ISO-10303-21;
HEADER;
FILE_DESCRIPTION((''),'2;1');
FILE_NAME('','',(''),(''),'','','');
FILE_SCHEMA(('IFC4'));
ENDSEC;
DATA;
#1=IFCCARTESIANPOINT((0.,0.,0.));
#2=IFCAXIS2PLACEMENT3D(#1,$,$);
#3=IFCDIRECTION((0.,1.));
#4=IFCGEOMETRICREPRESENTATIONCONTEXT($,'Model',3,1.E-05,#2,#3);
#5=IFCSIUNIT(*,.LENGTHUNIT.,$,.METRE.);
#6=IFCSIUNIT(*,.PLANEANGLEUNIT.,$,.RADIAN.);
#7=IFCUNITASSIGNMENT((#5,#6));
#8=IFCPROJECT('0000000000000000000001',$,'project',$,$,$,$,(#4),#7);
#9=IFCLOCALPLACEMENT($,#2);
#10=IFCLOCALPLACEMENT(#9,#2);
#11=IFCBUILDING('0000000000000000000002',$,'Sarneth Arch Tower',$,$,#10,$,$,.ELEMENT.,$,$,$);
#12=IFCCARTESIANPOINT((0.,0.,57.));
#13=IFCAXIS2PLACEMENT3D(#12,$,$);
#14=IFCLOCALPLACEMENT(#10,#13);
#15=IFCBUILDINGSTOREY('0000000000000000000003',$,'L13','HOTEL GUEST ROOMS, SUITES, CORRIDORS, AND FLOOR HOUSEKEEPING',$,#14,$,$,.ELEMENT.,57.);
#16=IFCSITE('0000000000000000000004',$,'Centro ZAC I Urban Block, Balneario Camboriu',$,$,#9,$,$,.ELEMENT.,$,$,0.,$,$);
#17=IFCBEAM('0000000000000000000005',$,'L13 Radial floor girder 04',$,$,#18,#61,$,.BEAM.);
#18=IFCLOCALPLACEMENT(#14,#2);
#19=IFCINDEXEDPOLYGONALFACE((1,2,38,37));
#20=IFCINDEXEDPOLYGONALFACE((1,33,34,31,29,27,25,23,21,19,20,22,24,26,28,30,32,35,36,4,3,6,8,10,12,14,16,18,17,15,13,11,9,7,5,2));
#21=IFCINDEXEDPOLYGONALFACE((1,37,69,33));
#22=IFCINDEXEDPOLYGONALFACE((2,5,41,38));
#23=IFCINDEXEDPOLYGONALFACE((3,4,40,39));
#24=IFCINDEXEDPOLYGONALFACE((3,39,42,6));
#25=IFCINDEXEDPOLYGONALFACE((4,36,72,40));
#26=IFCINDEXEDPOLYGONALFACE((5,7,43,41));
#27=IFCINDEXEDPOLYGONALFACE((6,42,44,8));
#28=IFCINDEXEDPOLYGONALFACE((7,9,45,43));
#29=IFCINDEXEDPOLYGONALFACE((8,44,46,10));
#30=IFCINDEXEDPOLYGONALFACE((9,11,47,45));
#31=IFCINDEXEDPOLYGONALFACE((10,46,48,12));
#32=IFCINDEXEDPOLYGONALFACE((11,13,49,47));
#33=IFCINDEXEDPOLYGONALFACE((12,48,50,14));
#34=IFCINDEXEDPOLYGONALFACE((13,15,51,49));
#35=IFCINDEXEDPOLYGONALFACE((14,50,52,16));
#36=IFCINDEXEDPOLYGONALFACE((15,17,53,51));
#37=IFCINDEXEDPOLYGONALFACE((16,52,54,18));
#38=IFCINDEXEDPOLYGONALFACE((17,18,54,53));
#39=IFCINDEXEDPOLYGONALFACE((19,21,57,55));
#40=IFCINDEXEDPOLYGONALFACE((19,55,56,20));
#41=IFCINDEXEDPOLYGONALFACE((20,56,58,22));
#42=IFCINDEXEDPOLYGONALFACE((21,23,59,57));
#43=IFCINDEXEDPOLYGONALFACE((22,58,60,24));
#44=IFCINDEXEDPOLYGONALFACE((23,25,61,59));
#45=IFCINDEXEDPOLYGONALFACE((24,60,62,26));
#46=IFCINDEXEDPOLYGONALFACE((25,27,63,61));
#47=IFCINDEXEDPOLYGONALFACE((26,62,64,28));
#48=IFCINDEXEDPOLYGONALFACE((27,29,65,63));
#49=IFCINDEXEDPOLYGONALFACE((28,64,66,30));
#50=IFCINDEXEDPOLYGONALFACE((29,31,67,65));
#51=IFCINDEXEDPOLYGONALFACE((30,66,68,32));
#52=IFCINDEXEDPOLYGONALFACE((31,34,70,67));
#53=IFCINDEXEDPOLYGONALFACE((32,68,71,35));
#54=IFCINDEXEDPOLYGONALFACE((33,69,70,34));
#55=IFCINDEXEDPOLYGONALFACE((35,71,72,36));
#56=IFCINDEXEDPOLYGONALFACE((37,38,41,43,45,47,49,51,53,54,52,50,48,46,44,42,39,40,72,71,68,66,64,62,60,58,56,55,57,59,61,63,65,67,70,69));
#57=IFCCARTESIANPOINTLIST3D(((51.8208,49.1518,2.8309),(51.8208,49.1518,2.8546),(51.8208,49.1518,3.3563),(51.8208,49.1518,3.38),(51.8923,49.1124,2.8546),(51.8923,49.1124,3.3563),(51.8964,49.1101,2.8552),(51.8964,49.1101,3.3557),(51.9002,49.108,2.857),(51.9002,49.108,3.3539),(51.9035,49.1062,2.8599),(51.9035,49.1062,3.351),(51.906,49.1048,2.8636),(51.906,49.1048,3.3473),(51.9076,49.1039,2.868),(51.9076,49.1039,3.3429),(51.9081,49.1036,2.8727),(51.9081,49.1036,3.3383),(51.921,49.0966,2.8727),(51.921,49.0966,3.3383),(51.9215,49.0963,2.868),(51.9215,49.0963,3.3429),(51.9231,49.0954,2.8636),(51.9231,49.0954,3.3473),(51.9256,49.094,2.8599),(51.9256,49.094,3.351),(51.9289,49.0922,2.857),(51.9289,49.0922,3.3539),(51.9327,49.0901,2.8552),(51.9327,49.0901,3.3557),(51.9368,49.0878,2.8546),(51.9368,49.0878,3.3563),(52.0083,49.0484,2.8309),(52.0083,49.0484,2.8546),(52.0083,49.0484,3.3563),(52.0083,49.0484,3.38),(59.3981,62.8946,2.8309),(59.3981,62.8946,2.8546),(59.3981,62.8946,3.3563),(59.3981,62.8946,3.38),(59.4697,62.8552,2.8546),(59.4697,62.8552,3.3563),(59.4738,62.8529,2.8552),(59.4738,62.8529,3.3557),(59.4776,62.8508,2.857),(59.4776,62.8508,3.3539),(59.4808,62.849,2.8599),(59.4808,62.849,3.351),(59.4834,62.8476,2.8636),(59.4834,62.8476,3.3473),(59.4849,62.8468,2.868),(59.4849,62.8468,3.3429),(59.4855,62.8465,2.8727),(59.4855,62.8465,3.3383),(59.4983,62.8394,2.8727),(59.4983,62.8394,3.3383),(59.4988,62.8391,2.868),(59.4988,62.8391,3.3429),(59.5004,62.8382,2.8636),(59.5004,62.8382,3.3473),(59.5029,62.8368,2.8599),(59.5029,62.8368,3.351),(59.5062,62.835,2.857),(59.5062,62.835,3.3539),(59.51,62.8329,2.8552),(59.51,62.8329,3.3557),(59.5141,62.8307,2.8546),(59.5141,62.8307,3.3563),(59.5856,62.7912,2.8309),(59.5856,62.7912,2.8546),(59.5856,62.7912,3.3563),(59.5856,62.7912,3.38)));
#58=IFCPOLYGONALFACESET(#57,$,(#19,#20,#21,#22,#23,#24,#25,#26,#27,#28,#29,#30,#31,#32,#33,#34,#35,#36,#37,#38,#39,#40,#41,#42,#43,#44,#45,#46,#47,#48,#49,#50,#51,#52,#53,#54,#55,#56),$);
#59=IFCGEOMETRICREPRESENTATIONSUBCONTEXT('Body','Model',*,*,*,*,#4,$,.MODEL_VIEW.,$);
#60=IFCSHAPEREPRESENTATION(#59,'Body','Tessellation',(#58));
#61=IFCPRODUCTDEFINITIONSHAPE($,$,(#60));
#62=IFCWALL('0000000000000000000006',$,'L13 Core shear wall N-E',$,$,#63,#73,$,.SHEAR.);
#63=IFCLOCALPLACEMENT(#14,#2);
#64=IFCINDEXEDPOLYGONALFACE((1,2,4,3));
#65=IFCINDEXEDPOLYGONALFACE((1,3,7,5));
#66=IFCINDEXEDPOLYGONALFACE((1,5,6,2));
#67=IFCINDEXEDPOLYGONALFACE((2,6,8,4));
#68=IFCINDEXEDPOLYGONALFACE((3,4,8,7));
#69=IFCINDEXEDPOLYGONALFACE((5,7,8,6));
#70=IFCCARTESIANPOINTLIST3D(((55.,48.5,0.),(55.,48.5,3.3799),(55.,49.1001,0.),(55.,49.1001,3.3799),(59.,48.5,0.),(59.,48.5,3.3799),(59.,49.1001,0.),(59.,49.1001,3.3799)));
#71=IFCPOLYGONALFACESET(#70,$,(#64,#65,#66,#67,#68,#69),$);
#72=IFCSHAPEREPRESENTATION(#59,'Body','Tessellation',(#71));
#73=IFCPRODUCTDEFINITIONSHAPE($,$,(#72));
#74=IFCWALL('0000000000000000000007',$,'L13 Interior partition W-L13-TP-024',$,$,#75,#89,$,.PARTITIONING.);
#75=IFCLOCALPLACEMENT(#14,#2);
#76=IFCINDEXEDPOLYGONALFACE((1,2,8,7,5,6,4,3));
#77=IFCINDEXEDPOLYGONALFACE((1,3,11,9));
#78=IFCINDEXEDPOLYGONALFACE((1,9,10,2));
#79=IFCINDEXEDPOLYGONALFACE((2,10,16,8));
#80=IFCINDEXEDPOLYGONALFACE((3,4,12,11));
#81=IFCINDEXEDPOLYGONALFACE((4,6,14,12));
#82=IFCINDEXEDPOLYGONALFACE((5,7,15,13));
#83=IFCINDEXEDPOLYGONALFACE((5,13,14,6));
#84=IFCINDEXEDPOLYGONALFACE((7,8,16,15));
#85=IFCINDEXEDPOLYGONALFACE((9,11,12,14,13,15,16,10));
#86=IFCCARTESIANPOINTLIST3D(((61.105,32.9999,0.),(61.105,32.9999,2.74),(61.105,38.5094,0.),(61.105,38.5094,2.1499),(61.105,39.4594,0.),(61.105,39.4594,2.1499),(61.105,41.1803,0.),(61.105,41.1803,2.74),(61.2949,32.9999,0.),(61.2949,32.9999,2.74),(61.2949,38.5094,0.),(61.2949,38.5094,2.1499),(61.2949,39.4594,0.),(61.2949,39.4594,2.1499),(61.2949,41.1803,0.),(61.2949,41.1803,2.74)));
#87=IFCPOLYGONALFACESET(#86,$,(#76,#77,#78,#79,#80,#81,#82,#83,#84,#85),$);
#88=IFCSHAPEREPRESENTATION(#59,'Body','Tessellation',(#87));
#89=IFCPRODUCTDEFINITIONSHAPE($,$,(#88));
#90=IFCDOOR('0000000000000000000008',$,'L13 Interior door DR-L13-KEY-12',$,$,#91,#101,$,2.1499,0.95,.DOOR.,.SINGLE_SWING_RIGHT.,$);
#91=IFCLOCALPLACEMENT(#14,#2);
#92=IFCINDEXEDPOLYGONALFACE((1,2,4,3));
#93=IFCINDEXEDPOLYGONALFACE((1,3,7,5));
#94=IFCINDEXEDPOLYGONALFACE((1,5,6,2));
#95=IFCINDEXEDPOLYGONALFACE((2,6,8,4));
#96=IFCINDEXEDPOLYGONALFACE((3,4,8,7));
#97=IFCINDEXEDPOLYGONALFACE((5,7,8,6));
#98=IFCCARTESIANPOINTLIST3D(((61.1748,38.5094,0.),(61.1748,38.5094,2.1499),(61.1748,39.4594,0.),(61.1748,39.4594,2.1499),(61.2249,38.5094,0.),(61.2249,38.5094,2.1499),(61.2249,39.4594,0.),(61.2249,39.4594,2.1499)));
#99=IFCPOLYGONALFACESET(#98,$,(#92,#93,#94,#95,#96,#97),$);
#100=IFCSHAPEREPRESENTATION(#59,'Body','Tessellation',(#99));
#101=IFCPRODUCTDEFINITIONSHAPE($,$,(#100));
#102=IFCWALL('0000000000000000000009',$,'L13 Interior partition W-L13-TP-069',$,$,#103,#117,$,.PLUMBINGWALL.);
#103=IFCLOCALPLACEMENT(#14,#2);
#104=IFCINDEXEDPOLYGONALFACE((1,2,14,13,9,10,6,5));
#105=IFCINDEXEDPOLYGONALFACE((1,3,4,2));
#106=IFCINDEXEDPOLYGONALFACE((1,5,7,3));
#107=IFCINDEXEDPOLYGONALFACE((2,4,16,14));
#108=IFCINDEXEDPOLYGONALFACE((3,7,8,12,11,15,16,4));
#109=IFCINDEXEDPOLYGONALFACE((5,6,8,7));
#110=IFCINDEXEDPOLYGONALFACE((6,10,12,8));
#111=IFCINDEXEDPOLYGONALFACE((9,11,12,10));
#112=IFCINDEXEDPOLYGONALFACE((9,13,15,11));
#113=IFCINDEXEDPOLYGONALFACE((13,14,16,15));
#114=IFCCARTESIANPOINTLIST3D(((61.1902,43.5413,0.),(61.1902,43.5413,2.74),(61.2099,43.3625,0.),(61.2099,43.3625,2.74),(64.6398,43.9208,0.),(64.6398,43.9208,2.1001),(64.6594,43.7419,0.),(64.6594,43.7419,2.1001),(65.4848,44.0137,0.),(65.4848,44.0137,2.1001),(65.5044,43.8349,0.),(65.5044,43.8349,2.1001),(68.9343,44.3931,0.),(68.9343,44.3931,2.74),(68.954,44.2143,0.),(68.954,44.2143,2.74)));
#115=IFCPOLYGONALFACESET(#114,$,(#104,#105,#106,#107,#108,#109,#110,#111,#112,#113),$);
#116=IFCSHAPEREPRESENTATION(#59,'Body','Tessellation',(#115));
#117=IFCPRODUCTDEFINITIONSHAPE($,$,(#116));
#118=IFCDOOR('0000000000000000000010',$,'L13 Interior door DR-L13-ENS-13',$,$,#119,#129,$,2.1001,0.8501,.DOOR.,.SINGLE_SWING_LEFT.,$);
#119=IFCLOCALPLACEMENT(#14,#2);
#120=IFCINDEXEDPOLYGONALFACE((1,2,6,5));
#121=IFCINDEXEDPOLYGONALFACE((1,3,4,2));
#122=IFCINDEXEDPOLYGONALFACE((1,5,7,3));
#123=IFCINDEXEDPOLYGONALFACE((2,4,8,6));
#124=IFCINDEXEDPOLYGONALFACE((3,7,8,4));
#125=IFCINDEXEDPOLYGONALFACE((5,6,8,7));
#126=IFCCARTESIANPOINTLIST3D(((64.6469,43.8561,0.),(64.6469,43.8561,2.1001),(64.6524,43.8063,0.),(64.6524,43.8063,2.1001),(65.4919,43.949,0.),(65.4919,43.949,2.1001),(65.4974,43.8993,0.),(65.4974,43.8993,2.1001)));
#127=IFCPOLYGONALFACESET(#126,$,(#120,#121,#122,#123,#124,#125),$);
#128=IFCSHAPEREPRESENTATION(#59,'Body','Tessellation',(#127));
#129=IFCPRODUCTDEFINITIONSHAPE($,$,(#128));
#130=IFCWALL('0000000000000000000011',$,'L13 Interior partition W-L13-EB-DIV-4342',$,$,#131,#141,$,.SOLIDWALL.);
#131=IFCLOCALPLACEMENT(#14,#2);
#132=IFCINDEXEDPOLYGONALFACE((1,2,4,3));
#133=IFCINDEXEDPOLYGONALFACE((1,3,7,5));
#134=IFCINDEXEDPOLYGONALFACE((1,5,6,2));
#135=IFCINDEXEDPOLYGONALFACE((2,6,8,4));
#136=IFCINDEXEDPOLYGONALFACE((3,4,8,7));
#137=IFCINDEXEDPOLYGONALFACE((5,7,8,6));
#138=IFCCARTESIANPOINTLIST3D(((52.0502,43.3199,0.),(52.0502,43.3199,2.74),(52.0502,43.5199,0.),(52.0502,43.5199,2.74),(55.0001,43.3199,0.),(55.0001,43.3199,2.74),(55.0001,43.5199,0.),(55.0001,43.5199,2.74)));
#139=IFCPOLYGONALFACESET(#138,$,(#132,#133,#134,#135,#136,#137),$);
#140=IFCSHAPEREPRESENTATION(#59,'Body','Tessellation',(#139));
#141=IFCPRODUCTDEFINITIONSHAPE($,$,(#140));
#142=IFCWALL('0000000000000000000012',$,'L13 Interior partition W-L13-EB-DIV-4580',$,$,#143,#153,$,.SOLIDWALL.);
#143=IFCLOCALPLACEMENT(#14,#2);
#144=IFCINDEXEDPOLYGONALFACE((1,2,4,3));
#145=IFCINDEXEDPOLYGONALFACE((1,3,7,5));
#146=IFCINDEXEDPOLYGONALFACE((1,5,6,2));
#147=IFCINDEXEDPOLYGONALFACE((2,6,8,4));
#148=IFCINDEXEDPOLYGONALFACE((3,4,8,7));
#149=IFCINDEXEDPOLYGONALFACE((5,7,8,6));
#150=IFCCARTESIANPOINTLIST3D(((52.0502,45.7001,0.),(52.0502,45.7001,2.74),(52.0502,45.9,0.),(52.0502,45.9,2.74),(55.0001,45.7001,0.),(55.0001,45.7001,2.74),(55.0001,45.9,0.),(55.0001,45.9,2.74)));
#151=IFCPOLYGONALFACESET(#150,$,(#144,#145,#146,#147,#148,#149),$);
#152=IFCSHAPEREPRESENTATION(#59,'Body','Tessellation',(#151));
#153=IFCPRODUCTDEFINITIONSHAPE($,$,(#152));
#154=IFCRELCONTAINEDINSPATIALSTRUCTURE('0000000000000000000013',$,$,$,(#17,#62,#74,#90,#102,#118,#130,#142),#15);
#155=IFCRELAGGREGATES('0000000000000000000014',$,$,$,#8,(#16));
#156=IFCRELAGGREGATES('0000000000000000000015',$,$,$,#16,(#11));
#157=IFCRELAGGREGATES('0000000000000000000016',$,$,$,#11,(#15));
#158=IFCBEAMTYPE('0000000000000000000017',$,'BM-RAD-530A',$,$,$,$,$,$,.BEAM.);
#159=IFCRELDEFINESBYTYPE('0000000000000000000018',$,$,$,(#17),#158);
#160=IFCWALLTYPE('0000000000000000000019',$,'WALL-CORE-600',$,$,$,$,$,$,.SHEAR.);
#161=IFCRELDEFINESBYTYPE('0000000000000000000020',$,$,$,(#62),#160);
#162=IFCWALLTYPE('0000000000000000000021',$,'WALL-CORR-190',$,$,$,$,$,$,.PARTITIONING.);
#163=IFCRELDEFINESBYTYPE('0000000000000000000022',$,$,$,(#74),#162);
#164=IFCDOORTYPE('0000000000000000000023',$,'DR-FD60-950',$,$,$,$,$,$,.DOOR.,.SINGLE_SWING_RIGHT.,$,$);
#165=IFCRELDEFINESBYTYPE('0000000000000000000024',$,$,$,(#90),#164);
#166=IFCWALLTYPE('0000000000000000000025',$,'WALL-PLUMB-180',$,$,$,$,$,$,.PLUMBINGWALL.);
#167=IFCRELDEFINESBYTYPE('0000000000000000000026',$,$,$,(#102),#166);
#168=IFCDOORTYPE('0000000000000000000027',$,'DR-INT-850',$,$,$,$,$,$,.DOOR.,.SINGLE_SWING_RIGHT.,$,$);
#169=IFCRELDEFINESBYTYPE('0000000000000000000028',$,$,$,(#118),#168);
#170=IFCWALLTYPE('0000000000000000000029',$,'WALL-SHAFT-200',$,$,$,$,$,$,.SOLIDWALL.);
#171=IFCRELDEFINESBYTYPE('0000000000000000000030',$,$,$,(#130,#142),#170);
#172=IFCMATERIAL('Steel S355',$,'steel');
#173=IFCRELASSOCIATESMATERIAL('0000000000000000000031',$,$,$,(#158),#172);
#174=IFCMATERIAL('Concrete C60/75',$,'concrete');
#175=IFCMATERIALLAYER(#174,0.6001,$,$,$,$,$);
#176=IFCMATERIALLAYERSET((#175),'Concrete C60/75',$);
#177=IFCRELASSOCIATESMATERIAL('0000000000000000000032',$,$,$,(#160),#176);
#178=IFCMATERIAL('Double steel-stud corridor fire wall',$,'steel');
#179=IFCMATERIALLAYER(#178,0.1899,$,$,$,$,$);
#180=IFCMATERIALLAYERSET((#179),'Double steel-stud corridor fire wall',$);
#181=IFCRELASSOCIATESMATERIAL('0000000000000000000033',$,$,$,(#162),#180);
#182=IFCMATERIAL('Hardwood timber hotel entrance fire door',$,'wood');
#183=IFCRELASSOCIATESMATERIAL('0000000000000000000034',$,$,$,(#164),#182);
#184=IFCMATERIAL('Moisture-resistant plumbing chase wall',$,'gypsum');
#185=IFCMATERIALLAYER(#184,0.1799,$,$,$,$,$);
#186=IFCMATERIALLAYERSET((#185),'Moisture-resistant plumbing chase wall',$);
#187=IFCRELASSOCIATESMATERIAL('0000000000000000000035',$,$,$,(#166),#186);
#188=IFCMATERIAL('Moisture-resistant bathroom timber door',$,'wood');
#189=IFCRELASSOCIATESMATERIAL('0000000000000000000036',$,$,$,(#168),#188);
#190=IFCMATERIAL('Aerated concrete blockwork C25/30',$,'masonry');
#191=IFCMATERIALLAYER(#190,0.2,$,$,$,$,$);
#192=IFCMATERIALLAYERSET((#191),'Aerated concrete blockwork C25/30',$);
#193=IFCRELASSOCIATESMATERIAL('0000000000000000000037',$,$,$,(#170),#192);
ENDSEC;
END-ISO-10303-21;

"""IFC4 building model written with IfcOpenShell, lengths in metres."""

from ifc_helpers import new_model, si_unit, direction, frame, frame_2d, origin, origin_2d, place, context, subcontext, project, spatial, rectangle, i_section, extrude, material, layer, layer_set, material_profile, profile_set, type_object, element, fill, save


model = new_model("IFC4")

# Units and contexts
model_context = context("Model", 3, precision=1e-05, world=origin(), true_north=direction((0.0, 1.0)))
body_context = subcontext(model_context, "Body", "Model", "MODEL_VIEW")
ifc_project = project(units=[si_unit("LENGTHUNIT", "METRE"), si_unit("PLANEANGLEUNIT", "RADIAN")], contexts=[model_context])

# Site, building, storey
site_placement = place(None, origin())
site = spatial("IfcSite", under=ifc_project, at=site_placement, Name="Centro ZAC I Urban Block, Balneario Camboriu", CompositionType="ELEMENT", RefElevation=0.0)
building_placement = place(site_placement, origin())
building = spatial("IfcBuilding", under=site, at=building_placement, Name="Sarneth Arch Tower", CompositionType="ELEMENT")
storey_placement = place(building_placement, frame((0.0, 0.0, 57.0)))
storey = spatial("IfcBuildingStorey", under=building, at=storey_placement, Name="L13", Description="HOTEL GUEST ROOMS, SUITES, CORRIDORS, AND FLOOR HOUSEKEEPING", CompositionType="ELEMENT", Elevation=57.0)

# Beam
ifc_material_1 = material(Name="Steel S355", Category="steel")
ifc_material_profile_1 = material_profile(ifc_material_1, i_section(OverallWidth=0.2141, OverallDepth=0.5491, WebThickness=0.0146, FlangeThickness=0.0237, FilletRadius=0.0181, at=origin_2d()), Name="W530x138")
ifc_profile_set_1 = profile_set([ifc_material_profile_1], Name="Steel S355")
beam_type_1 = type_object("IfcBeamType", Name="BM-RAD-530A", PredefinedType="BEAM", material=ifc_profile_set_1)
beam_1_placement = place(storey_placement, frame((51.9146, 49.1001, 3.1055), z_axis=(0.482838, 0.87571, 0.0), x_axis=(-0.87571, 0.482838, 0.0)))
element("IfcBeam", 1, at=beam_1_placement, inside=storey, type_object=beam_type_1, Name="L13 Radial floor girder 04", PredefinedType="BEAM", context=body_context, shape_type="SweptSolid", body=[
    extrude(i_section(OverallWidth=0.2141, OverallDepth=0.5491, WebThickness=0.0146, FlangeThickness=0.0237, FilletRadius=0.0181, at=origin_2d()), origin(), (0.0, 0.0, 1.0), 15.6934),
])

# Wall
ifc_material_2 = material(Name="Concrete C60/75", Category="concrete")
ifc_layer_1 = layer(ifc_material_2, 0.6001)
ifc_layer_set_1 = layer_set([ifc_layer_1], Name="Concrete C60/75")
wall_type_1 = type_object("IfcWallType", Name="WALL-CORE-600", PredefinedType="SHEAR", material=ifc_layer_set_1)
wall_1_placement = place(storey_placement, frame((55.0, 48.8, 0.0), z_axis=(0.0, 0.0, 1.0), x_axis=(1.0, 0.0, 0.0)))
element("IfcWall", 2, at=wall_1_placement, inside=storey, type_object=wall_type_1, Name="L13 Core shear wall N-E", PredefinedType="SHEAR", context=body_context, shape_type="SweptSolid", body=[
    extrude(rectangle(XDim=4.0, YDim=0.6001, at=frame_2d((2.0, 0.0))), origin(), (0.0, 0.0, 1.0), 3.3799),
])

# Walls, openings, doors
ifc_material_3 = material(Name="Double steel-stud corridor fire wall", Category="steel")
ifc_layer_2 = layer(ifc_material_3, 0.1899)
ifc_layer_set_2 = layer_set([ifc_layer_2], Name="Double steel-stud corridor fire wall")
wall_type_2 = type_object("IfcWallType", Name="WALL-CORR-190", PredefinedType="PARTITIONING", material=ifc_layer_set_2)
wall_2_placement = place(storey_placement, frame((61.2, 41.1804, 0.0), z_axis=(0.0, 0.0, 1.0), x_axis=(0.0, -1.0, 0.0)))
wall_2 = element("IfcWall", 3, at=wall_2_placement, inside=storey, type_object=wall_type_2, Name="L13 Interior partition W-L13-TP-024", PredefinedType="PARTITIONING", context=body_context, shape_type="SweptSolid", body=[
    extrude(rectangle(XDim=8.1804, YDim=0.1899, at=frame_2d((4.0903, 0.0))), origin(), (0.0, 0.0, 1.0), 2.74),
])
opening_1_placement = place(wall_2_placement, frame((1.7209, 0.0, 0.0)))
opening_1 = element("IfcOpeningElement", 4, at=opening_1_placement, cuts=wall_2, PredefinedType="OPENING", context=body_context, shape_type="SweptSolid", body=[
    extrude(rectangle(XDim=0.95, YDim=2.1499, at=frame_2d((0.4751, 1.075))), frame((0.0, 0.105, 0.0), z_axis=(0.0, -1.0, 0.0), x_axis=(1.0, 0.0, 0.0)), (0.0, 0.0, 1.0), 0.21),
])
ifc_material_4 = material(Name="Hardwood timber hotel entrance fire door", Category="wood")
door_type_1 = type_object("IfcDoorType", Name="DR-FD60-950", OperationType="SINGLE_SWING_RIGHT", PredefinedType="DOOR", material=ifc_material_4)
door_1_placement = place(opening_1_placement, origin())
door_1 = element("IfcDoor", 5, at=door_1_placement, inside=storey, type_object=door_type_1, Name="L13 Interior door DR-L13-KEY-12", OperationType="SINGLE_SWING_RIGHT", OverallHeight=2.1499, OverallWidth=0.95, PredefinedType="DOOR", context=body_context, shape_type="SweptSolid", body=[
    extrude(rectangle(XDim=0.95, YDim=2.1499, at=frame_2d((0.4751, 1.075))), frame((0.0, 0.0249, 0.0), z_axis=(0.0, -1.0, 0.0), x_axis=(1.0, 0.0, 0.0)), (0.0, 0.0, 1.0), 0.05),
])
fill(opening_1, door_1)
ifc_material_5 = material(Name="Moisture-resistant plumbing chase wall", Category="gypsum")
ifc_layer_3 = layer(ifc_material_5, 0.1799)
ifc_layer_set_3 = layer_set([ifc_layer_3], Name="Moisture-resistant plumbing chase wall")
wall_type_3 = type_object("IfcWallType", Name="WALL-PLUMB-180", PredefinedType="PLUMBINGWALL", material=ifc_layer_set_3)
wall_3_placement = place(storey_placement, frame((61.2, 43.4519, 0.0), z_axis=(0.0, 0.0, 1.0), x_axis=(0.994005, 0.109334, 0.0)))
wall_3 = element("IfcWall", 6, at=wall_3_placement, inside=storey, type_object=wall_type_3, Name="L13 Interior partition W-L13-TP-069", PredefinedType="PLUMBINGWALL", context=body_context, shape_type="SweptSolid", body=[
    extrude(rectangle(XDim=7.7908, YDim=0.1799, at=frame_2d((3.8955, 0.0))), origin(), (0.0, 0.0, 1.0), 2.74),
])
opening_2_placement = place(wall_3_placement, frame((3.4705, 0.0, 0.0)))
opening_2 = element("IfcOpeningElement", 7, at=opening_2_placement, cuts=wall_3, PredefinedType="OPENING", context=body_context, shape_type="SweptSolid", body=[
    extrude(rectangle(XDim=0.8501, YDim=2.1001, at=frame_2d((0.425, 1.05))), frame((0.0, 0.0999, 0.0), z_axis=(0.0, -1.0, 0.0), x_axis=(1.0, 0.0, 0.0)), (0.0, 0.0, 1.0), 0.2),
])
ifc_material_6 = material(Name="Moisture-resistant bathroom timber door", Category="wood")
door_type_2 = type_object("IfcDoorType", Name="DR-INT-850", OperationType="SINGLE_SWING_RIGHT", PredefinedType="DOOR", material=ifc_material_6)
door_2_placement = place(opening_2_placement, origin())
door_2 = element("IfcDoor", 8, at=door_2_placement, inside=storey, type_object=door_type_2, Name="L13 Interior door DR-L13-ENS-13", OperationType="SINGLE_SWING_LEFT", OverallHeight=2.1001, OverallWidth=0.8501, PredefinedType="DOOR", context=body_context, shape_type="SweptSolid", body=[
    extrude(rectangle(XDim=0.8501, YDim=2.1001, at=frame_2d((0.425, 1.05))), frame((0.0, 0.0249, 0.0), z_axis=(0.0, -1.0, 0.0), x_axis=(1.0, 0.0, 0.0)), (0.0, 0.0, 1.0), 0.05),
])
fill(opening_2, door_2)

# Walls
ifc_material_7 = material(Name="Aerated concrete blockwork C25/30", Category="masonry")
ifc_layer_4 = layer(ifc_material_7, 0.2)
ifc_layer_set_4 = layer_set([ifc_layer_4], Name="Aerated concrete blockwork C25/30")
wall_type_4 = type_object("IfcWallType", Name="WALL-SHAFT-200", PredefinedType="SOLIDWALL", material=ifc_layer_set_4)
for number, where, z_axis, x_axis, name in (
    (9, (52.05, 43.4199, 0.0), (0.0, 0.0, 1.0), (1.0, 0.0, 0.0), "L13 Interior partition W-L13-EB-DIV-4342"),
    (10, (52.05, 45.8, 0.0), (0.0, 0.0, 1.0), (1.0, 0.0, 0.0), "L13 Interior partition W-L13-EB-DIV-4580"),
):
    element("IfcWall", number, at=place(storey_placement, frame(where, z_axis=z_axis, x_axis=x_axis)), inside=storey, type_object=wall_type_4, Name=name, PredefinedType="SOLIDWALL", context=body_context, shape_type="SweptSolid", body=[
        extrude(rectangle(XDim=2.95, YDim=0.2, at=frame_2d((1.4751, 0.0))), origin(), (0.0, 0.0, 1.0), 2.74),
    ])

save(model, "model.ifc")
